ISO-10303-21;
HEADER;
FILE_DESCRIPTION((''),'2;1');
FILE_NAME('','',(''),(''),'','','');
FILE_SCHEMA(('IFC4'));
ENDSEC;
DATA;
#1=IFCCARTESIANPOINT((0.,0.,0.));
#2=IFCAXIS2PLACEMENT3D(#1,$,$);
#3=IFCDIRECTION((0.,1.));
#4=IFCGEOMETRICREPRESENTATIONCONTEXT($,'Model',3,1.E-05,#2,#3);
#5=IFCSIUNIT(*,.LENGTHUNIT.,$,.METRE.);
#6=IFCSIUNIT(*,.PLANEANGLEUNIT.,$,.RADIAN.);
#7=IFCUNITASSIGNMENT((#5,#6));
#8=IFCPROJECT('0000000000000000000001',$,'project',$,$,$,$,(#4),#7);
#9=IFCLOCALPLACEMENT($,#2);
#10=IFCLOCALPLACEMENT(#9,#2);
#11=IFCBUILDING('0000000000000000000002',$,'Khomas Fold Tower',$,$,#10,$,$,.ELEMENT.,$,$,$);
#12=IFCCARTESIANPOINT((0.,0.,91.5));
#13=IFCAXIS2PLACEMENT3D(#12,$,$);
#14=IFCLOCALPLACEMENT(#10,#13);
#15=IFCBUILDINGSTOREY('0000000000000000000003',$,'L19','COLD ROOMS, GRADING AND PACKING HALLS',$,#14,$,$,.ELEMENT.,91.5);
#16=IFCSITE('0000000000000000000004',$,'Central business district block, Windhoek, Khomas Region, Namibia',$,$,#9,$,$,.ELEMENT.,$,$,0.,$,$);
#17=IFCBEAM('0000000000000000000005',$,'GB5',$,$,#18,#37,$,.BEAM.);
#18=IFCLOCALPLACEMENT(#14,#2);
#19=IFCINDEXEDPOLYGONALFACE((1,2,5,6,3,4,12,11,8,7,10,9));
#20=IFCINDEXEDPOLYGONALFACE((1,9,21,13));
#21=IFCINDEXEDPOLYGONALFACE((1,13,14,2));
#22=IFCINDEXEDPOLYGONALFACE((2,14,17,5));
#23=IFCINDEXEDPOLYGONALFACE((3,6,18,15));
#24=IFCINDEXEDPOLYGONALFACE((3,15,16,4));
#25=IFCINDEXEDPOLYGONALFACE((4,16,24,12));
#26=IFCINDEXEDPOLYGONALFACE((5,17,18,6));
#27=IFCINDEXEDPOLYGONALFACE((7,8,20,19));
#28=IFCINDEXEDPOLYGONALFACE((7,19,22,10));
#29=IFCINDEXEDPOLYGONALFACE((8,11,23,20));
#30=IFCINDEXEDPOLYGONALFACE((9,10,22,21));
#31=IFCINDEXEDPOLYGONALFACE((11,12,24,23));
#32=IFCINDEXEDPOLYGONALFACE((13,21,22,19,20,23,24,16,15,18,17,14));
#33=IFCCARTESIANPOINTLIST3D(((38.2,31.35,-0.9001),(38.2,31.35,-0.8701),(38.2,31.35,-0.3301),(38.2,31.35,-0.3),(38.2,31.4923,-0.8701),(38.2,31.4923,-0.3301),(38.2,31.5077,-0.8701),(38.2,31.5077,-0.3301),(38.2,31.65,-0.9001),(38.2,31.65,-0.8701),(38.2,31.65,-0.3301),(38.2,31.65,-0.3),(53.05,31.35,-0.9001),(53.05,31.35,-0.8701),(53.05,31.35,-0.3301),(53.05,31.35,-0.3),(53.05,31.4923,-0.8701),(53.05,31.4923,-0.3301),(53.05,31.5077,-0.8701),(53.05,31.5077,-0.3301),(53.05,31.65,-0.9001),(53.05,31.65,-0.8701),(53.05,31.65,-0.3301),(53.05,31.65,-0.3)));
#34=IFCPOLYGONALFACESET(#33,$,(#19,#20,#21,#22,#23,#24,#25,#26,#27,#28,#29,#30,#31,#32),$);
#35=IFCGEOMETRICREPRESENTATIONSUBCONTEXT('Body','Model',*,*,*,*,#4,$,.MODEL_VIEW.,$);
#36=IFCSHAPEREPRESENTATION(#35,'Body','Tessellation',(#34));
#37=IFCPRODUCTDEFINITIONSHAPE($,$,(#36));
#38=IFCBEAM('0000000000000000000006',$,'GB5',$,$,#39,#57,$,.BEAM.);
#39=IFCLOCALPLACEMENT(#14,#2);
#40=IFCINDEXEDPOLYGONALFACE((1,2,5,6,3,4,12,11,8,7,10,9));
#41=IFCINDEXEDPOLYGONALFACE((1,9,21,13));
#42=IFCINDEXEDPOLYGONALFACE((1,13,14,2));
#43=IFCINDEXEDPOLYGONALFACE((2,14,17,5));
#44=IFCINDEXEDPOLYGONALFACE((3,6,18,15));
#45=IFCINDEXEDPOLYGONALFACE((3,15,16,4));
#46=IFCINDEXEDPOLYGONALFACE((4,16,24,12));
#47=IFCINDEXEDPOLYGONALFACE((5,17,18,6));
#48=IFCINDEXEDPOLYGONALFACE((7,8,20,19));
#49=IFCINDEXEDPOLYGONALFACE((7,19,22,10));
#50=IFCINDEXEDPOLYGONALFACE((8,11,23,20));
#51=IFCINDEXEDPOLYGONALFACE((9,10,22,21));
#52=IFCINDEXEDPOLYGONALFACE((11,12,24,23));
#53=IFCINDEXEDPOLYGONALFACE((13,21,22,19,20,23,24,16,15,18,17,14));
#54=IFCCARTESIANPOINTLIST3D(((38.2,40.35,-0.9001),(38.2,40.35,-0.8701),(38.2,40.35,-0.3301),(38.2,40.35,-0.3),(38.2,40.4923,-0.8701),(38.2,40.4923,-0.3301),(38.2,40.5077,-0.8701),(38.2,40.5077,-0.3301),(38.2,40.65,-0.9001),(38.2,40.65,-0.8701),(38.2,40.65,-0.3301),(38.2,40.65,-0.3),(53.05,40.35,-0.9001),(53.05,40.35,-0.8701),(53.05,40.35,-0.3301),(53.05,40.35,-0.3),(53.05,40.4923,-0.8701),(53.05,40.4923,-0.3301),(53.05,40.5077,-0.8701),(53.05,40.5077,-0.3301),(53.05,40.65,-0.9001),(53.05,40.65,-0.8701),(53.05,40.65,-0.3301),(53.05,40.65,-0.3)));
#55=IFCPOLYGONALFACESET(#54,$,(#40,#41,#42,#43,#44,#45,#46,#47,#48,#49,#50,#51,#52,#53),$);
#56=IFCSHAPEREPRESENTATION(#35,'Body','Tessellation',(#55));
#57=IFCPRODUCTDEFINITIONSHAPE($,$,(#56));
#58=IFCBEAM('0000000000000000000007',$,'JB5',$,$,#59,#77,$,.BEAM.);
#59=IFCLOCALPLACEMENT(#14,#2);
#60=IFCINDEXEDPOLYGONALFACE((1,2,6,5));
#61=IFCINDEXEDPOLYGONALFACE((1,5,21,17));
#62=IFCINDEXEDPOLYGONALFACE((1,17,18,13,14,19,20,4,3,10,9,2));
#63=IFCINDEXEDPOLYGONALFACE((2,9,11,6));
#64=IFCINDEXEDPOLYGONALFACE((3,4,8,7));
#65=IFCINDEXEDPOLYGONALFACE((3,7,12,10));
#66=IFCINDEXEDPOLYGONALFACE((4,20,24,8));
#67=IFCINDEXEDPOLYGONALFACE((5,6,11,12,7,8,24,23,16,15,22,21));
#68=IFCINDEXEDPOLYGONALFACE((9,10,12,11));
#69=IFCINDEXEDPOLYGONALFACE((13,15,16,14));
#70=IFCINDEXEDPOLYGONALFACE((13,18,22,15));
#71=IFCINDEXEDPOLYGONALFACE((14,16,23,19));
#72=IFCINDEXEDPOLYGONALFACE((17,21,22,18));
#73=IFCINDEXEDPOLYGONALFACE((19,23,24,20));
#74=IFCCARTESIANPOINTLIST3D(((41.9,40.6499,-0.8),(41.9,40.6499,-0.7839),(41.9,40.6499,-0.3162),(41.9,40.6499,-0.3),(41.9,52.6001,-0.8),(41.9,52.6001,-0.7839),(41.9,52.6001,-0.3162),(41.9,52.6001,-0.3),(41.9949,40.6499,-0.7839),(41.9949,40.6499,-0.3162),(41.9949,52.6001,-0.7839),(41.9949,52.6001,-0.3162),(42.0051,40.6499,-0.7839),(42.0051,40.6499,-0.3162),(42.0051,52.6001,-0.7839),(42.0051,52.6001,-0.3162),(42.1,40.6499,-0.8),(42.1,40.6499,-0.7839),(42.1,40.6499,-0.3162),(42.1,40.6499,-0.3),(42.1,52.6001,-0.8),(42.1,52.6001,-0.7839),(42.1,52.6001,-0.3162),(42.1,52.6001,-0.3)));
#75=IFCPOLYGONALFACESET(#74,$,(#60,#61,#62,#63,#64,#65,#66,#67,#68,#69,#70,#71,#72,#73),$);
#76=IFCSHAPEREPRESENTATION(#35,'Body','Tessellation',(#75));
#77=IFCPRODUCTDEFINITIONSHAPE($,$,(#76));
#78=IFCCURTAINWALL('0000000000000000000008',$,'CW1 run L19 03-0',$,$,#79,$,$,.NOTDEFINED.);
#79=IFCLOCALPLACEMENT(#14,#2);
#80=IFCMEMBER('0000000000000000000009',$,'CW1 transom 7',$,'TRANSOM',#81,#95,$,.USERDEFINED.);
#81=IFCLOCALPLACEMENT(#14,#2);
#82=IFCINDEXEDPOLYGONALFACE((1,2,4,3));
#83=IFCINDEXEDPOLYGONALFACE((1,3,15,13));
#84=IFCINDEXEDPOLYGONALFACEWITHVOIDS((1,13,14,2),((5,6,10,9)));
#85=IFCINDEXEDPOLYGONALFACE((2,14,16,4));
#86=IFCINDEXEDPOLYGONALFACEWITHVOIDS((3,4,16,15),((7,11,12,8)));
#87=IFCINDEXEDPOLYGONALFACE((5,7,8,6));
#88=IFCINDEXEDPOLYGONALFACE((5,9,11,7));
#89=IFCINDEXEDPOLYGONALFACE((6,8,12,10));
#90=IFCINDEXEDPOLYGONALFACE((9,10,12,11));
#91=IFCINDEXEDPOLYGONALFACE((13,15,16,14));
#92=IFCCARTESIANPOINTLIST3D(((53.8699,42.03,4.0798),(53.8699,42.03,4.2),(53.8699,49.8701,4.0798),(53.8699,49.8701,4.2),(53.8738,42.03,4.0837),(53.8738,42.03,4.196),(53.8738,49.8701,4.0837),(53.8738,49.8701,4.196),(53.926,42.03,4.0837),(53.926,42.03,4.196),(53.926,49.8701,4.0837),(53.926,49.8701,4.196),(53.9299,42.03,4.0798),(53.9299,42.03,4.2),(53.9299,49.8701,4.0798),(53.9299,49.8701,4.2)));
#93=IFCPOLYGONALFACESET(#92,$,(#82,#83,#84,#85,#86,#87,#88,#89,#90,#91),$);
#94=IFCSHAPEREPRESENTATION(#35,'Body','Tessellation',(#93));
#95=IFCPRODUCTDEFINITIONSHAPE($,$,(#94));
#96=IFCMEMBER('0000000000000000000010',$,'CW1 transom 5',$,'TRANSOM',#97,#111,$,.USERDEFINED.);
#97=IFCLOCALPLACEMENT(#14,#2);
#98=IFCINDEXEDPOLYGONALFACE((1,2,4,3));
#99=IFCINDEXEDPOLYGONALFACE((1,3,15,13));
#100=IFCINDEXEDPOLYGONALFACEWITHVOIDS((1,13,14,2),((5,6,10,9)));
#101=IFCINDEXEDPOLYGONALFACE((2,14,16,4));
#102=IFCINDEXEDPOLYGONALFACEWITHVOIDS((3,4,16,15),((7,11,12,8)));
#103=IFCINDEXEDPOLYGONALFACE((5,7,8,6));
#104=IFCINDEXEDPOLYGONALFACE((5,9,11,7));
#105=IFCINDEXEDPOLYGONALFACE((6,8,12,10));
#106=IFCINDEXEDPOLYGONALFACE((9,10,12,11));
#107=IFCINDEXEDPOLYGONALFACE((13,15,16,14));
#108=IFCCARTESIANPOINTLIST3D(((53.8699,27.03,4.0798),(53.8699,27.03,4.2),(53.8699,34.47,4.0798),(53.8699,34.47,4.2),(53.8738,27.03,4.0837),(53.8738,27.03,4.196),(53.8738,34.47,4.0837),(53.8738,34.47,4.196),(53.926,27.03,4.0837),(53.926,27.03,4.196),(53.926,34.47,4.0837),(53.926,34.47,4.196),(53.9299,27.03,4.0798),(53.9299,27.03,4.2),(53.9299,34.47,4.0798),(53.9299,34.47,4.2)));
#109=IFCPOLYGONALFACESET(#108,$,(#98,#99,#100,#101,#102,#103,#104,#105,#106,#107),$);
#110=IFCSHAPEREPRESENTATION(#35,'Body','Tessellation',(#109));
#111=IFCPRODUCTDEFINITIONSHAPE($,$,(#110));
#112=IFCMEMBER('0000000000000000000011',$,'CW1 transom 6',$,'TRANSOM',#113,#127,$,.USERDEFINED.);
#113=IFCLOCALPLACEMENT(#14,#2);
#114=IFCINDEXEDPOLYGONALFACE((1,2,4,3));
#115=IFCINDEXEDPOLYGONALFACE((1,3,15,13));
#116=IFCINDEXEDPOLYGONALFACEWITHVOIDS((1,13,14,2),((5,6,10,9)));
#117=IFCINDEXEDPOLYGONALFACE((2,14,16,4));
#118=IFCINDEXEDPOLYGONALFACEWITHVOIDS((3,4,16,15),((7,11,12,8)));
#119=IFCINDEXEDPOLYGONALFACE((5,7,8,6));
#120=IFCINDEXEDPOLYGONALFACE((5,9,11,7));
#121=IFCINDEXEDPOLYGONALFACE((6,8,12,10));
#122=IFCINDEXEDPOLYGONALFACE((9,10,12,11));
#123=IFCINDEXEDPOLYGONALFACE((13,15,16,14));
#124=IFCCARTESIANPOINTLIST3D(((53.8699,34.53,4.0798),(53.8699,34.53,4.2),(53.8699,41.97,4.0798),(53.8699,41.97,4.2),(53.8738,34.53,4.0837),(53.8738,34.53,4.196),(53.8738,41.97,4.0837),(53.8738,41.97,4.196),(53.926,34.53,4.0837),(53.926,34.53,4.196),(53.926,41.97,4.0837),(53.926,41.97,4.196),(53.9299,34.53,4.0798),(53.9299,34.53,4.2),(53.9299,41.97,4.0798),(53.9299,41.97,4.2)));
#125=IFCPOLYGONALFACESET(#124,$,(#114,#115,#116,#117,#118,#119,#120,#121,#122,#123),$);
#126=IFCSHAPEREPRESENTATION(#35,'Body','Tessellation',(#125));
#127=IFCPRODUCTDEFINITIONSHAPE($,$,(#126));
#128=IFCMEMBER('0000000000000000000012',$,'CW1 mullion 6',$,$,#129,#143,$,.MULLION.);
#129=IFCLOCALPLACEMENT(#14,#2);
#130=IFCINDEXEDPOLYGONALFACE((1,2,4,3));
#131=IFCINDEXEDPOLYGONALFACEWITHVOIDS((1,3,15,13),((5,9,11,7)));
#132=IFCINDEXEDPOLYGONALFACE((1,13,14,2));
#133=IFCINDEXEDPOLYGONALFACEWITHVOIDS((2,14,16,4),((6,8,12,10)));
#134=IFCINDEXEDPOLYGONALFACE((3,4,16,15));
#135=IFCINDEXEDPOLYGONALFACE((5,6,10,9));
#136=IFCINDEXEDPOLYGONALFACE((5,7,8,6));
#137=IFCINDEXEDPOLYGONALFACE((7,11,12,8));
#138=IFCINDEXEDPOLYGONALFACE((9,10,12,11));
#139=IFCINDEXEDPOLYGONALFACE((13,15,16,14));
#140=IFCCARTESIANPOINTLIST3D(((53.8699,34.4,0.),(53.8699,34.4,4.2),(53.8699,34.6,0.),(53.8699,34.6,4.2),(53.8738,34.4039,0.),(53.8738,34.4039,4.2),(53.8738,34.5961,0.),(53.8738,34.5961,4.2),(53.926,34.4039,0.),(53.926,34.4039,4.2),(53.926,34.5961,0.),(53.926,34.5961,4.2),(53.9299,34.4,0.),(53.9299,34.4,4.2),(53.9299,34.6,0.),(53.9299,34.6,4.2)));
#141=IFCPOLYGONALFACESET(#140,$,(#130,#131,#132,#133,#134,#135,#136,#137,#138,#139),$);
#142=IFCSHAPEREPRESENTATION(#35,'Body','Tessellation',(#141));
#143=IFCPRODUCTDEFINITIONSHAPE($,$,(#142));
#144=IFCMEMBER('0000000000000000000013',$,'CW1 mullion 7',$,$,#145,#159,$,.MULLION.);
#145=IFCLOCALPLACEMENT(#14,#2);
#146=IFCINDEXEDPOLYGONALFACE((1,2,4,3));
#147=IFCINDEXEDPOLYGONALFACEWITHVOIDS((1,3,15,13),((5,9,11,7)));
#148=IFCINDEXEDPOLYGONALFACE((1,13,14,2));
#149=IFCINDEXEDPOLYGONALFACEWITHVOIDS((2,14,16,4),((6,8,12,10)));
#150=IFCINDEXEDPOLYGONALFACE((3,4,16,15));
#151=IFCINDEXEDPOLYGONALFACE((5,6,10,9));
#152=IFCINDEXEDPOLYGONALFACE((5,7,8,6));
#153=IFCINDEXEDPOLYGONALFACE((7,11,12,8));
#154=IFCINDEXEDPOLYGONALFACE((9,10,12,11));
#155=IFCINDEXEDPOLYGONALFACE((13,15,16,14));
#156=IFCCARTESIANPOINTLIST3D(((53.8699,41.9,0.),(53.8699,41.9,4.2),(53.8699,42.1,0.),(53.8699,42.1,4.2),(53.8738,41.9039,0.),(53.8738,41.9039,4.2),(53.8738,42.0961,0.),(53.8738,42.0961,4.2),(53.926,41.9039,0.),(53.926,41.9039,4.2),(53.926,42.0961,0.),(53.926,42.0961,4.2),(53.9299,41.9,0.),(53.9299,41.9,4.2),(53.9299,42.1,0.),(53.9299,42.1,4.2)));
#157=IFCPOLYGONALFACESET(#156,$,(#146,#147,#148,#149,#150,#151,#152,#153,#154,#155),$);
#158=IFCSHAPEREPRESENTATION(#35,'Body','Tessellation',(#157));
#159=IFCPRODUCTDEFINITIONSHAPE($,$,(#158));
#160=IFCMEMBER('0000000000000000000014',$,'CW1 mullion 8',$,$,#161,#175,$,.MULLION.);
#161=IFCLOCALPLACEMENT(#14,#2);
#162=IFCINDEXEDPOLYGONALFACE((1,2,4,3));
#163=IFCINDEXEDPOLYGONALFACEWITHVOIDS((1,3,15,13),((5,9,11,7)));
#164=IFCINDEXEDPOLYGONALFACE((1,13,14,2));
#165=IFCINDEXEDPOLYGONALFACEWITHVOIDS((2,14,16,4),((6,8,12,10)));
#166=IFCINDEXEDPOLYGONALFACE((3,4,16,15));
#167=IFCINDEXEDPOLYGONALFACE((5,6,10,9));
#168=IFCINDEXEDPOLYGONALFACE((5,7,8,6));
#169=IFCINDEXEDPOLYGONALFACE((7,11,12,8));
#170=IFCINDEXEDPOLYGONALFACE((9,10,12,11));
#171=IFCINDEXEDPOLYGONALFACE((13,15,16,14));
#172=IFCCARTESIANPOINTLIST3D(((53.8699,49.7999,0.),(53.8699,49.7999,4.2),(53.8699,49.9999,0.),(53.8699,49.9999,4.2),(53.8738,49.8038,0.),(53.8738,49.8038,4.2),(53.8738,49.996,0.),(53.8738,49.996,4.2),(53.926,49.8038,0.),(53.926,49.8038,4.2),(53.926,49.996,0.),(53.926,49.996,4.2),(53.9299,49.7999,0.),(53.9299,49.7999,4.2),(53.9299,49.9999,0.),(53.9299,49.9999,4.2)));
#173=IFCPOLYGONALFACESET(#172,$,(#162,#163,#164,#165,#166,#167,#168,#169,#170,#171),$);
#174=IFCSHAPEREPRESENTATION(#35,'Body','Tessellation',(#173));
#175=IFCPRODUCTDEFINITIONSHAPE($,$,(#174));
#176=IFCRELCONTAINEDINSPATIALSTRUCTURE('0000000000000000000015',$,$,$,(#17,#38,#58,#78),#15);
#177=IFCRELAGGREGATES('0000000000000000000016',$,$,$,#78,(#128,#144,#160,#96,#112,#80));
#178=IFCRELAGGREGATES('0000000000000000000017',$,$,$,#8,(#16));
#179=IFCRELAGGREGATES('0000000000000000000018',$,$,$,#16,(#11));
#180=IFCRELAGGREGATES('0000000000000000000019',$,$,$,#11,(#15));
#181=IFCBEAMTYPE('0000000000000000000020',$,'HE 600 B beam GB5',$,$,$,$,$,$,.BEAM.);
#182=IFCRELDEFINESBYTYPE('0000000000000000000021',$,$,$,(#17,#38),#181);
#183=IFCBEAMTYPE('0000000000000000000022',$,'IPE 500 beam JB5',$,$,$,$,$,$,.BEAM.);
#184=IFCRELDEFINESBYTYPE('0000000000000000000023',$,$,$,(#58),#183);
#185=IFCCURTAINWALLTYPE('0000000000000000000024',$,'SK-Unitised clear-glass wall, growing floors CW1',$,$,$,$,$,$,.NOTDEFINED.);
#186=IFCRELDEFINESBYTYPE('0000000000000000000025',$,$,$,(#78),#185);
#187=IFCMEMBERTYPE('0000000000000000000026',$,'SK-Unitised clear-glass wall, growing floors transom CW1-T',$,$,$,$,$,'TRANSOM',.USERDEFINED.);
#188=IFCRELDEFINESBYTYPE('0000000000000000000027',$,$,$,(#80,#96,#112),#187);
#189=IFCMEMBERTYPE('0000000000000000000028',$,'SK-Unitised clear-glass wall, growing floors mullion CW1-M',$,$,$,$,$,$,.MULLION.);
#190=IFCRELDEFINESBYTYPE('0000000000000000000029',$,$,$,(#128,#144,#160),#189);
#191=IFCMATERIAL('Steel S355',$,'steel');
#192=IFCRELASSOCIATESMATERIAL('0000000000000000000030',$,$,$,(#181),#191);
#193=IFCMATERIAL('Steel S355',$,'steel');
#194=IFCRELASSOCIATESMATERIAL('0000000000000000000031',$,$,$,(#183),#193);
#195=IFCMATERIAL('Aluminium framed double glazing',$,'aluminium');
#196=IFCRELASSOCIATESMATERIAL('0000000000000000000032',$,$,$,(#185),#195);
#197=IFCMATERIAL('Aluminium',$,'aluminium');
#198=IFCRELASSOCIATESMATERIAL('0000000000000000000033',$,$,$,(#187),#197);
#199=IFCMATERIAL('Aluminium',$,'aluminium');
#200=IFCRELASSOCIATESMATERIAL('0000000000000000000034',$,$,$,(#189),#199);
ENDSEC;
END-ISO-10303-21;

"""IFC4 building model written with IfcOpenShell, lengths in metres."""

from ifc_helpers import new_model, si_unit, direction, frame, origin, origin_2d, place, context, subcontext, project, spatial, hollow_rectangle, i_section, extrude, source, transform, mapped, material, material_profile, profile_set, type_object, element, aggregate, save


model = new_model("IFC4")

# Units and contexts
model_context = context("Model", 3, precision=1e-05, world=origin(), true_north=direction((0.0, 1.0)))
body_context = subcontext(model_context, "Body", "Model", "MODEL_VIEW")
ifc_project = project(units=[si_unit("LENGTHUNIT", "METRE"), si_unit("PLANEANGLEUNIT", "RADIAN")], contexts=[model_context])

# Site, building, storey
site_placement = place(None, origin())
site = spatial("IfcSite", under=ifc_project, at=site_placement, Name="Central business district block, Windhoek, Khomas Region, Namibia", CompositionType="ELEMENT", RefElevation=0.0)
building_placement = place(site_placement, origin())
building = spatial("IfcBuilding", under=site, at=building_placement, Name="Khomas Fold Tower", CompositionType="ELEMENT")
storey_placement = place(building_placement, frame((0.0, 0.0, 91.5)))
storey = spatial("IfcBuildingStorey", under=building, at=storey_placement, Name="L19", Description="COLD ROOMS, GRADING AND PACKING HALLS", CompositionType="ELEMENT", Elevation=91.5)

# Beams
ifc_material_1 = material(Name="Steel S355", Category="steel")
ifc_material_profile_1 = material_profile(ifc_material_1, i_section(OverallWidth=0.3, OverallDepth=0.6001, WebThickness=0.0154, FlangeThickness=0.03, at=origin_2d()), Name="HE 600 B")
ifc_profile_set_1 = profile_set([ifc_material_profile_1], Name="Steel S355")
beam_type_1 = type_object("IfcBeamType", Name="HE 600 B beam GB5", PredefinedType="BEAM", material=ifc_profile_set_1)
shared_shape_1 = source(origin(), body_context, "Body", "SweptSolid", [
    extrude(i_section(OverallWidth=0.3, OverallDepth=0.6001, WebThickness=0.0154, FlangeThickness=0.03, at=origin_2d()), origin(), (0.0, 0.0, 1.0), 14.8501),
])
for number, where, z_axis, x_axis, name in (
    (1, (38.2, 31.5, -0.6001), (1.0, 0.0, 0.0), (0.0, 1.0, 0.0), "GB5"),
    (2, (38.2, 40.5, -0.6001), (1.0, 0.0, 0.0), (0.0, 1.0, 0.0), "GB5"),
):
    element("IfcBeam", number, at=place(storey_placement, frame(where, z_axis=z_axis, x_axis=x_axis)), inside=storey, type_object=beam_type_1, Name=name, PredefinedType="BEAM", context=body_context, shape_type="MappedRepresentation", body=[
        mapped(shared_shape_1, transform((0.0, 0.0, 0.0))),
    ])
ifc_material_2 = material(Name="Steel S355", Category="steel")
ifc_material_profile_2 = material_profile(ifc_material_2, i_section(OverallWidth=0.2, OverallDepth=0.5, WebThickness=0.0103, FlangeThickness=0.0161, at=origin_2d()), Name="IPE 500")
ifc_profile_set_2 = profile_set([ifc_material_profile_2], Name="Steel S355")
beam_type_2 = type_object("IfcBeamType", Name="IPE 500 beam JB5", PredefinedType="BEAM", material=ifc_profile_set_2)
shared_shape_2 = source(origin(), body_context, "Body", "SweptSolid", [
    extrude(i_section(OverallWidth=0.2, OverallDepth=0.5, WebThickness=0.0103, FlangeThickness=0.0161, at=origin_2d()), origin(), (0.0, 0.0, 1.0), 11.9502),
])
beam_1_placement = place(storey_placement, frame((42.0, 40.6499, -0.55), z_axis=(0.0, 1.0, 0.0), x_axis=(-1.0, 0.0, 0.0)))
element("IfcBeam", 3, at=beam_1_placement, inside=storey, type_object=beam_type_2, Name="JB5", PredefinedType="BEAM", context=body_context, shape_type="MappedRepresentation", body=[
    mapped(shared_shape_2, transform((0.0, 0.0, 0.0))),
])

# Curtain wall, members
ifc_material_3 = material(Name="Aluminium framed double glazing", Category="aluminium")
curtain_wall_type = type_object("IfcCurtainWallType", Name="SK-Unitised clear-glass wall, growing floors CW1", PredefinedType="NOTDEFINED", material=ifc_material_3)
curtain_wall_placement = place(storey_placement, origin())
curtain_wall = element("IfcCurtainWall", 4, at=curtain_wall_placement, inside=storey, type_object=curtain_wall_type, Name="CW1 run L19 03-0", PredefinedType="NOTDEFINED")
ifc_material_4 = material(Name="Aluminium", Category="aluminium")
ifc_material_profile_3 = material_profile(ifc_material_4, hollow_rectangle(XDim=0.0601, YDim=0.1201, WallThickness=0.0039, at=origin_2d()), Name="SK-Unitised clear-glass wall, growing floors transom CW1-T")
ifc_profile_set_3 = profile_set([ifc_material_profile_3], Name="Aluminium")
member_type_1 = type_object("IfcMemberType", Name="SK-Unitised clear-glass wall, growing floors transom CW1-T", ElementType="TRANSOM", PredefinedType="USERDEFINED", material=ifc_profile_set_3)
shared_shape_3 = source(origin(), body_context, "Body", "SweptSolid", [
    extrude(hollow_rectangle(XDim=0.0601, YDim=0.1201, WallThickness=0.0039, at=origin_2d()), origin(), (0.0, 0.0, 1.0), 7.8401),
])
member_1_placement = place(storey_placement, frame((53.8999, 42.03, 4.1399), z_axis=(0.0, 1.0, 0.0), x_axis=(-1.0, 0.0, 0.0)))
member_1 = element("IfcMember", 5, at=member_1_placement, type_object=member_type_1, Name="CW1 transom 7", ObjectType="TRANSOM", PredefinedType="USERDEFINED", context=body_context, shape_type="MappedRepresentation", body=[
    mapped(shared_shape_3, transform((0.0, 0.0, 0.0))),
])
shared_shape_4 = source(origin(), body_context, "Body", "SweptSolid", [
    extrude(hollow_rectangle(XDim=0.0601, YDim=0.1201, WallThickness=0.0039, at=origin_2d()), origin(), (0.0, 0.0, 1.0), 7.4399),
])
member_2_placement = place(storey_placement, frame((53.8999, 27.03, 4.1399), z_axis=(0.0, 1.0, 0.0), x_axis=(-1.0, 0.0, 0.0)))
member_2 = element("IfcMember", 6, at=member_2_placement, type_object=member_type_1, Name="CW1 transom 5", ObjectType="TRANSOM", PredefinedType="USERDEFINED", context=body_context, shape_type="MappedRepresentation", body=[
    mapped(shared_shape_4, transform((0.0, 0.0, 0.0))),
])
member_3_placement = place(storey_placement, frame((53.8999, 34.53, 4.1399), z_axis=(0.0, 1.0, 0.0), x_axis=(-1.0, 0.0, 0.0)))
member_3 = element("IfcMember", 7, at=member_3_placement, type_object=member_type_1, Name="CW1 transom 6", ObjectType="TRANSOM", PredefinedType="USERDEFINED", context=body_context, shape_type="MappedRepresentation", body=[
    mapped(shared_shape_4, transform((0.0, 0.0, 0.0))),
])
ifc_material_5 = material(Name="Aluminium", Category="aluminium")
ifc_material_profile_4 = material_profile(ifc_material_5, hollow_rectangle(XDim=0.0601, YDim=0.2, WallThickness=0.0039, at=origin_2d()), Name="SK-Unitised clear-glass wall, growing floors mullion CW1-M")
ifc_profile_set_4 = profile_set([ifc_material_profile_4], Name="Aluminium")
member_type_2 = type_object("IfcMemberType", Name="SK-Unitised clear-glass wall, growing floors mullion CW1-M", PredefinedType="MULLION", material=ifc_profile_set_4)
shared_shape_5 = source(origin(), body_context, "Body", "SweptSolid", [
    extrude(hollow_rectangle(XDim=0.0601, YDim=0.2, WallThickness=0.0039, at=origin_2d()), origin(), (0.0, 0.0, 1.0), 4.2),
])
member_4_placement = place(storey_placement, frame((53.8999, 34.5, 0.0), z_axis=(0.0, 0.0, 1.0), x_axis=(-1.0, 0.0, 0.0)))
member_4 = element("IfcMember", 8, at=member_4_placement, type_object=member_type_2, Name="CW1 mullion 6", PredefinedType="MULLION", context=body_context, shape_type="MappedRepresentation", body=[
    mapped(shared_shape_5, transform((0.0, 0.0, 0.0))),
])
member_5_placement = place(storey_placement, frame((53.8999, 42.0, 0.0), z_axis=(0.0, 0.0, 1.0), x_axis=(-1.0, 0.0, 0.0)))
member_5 = element("IfcMember", 9, at=member_5_placement, type_object=member_type_2, Name="CW1 mullion 7", PredefinedType="MULLION", context=body_context, shape_type="MappedRepresentation", body=[
    mapped(shared_shape_5, transform((0.0, 0.0, 0.0))),
])
member_6_placement = place(storey_placement, frame((53.8999, 49.8999, 0.0), z_axis=(0.0, 0.0, 1.0), x_axis=(-1.0, 0.0, 0.0)))
member_6 = element("IfcMember", 10, at=member_6_placement, type_object=member_type_2, Name="CW1 mullion 8", PredefinedType="MULLION", context=body_context, shape_type="MappedRepresentation", body=[
    mapped(shared_shape_5, transform((0.0, 0.0, 0.0))),
])
aggregate(curtain_wall, [member_4, member_5, member_6, member_2, member_3, member_1])

save(model, "model.ifc")
